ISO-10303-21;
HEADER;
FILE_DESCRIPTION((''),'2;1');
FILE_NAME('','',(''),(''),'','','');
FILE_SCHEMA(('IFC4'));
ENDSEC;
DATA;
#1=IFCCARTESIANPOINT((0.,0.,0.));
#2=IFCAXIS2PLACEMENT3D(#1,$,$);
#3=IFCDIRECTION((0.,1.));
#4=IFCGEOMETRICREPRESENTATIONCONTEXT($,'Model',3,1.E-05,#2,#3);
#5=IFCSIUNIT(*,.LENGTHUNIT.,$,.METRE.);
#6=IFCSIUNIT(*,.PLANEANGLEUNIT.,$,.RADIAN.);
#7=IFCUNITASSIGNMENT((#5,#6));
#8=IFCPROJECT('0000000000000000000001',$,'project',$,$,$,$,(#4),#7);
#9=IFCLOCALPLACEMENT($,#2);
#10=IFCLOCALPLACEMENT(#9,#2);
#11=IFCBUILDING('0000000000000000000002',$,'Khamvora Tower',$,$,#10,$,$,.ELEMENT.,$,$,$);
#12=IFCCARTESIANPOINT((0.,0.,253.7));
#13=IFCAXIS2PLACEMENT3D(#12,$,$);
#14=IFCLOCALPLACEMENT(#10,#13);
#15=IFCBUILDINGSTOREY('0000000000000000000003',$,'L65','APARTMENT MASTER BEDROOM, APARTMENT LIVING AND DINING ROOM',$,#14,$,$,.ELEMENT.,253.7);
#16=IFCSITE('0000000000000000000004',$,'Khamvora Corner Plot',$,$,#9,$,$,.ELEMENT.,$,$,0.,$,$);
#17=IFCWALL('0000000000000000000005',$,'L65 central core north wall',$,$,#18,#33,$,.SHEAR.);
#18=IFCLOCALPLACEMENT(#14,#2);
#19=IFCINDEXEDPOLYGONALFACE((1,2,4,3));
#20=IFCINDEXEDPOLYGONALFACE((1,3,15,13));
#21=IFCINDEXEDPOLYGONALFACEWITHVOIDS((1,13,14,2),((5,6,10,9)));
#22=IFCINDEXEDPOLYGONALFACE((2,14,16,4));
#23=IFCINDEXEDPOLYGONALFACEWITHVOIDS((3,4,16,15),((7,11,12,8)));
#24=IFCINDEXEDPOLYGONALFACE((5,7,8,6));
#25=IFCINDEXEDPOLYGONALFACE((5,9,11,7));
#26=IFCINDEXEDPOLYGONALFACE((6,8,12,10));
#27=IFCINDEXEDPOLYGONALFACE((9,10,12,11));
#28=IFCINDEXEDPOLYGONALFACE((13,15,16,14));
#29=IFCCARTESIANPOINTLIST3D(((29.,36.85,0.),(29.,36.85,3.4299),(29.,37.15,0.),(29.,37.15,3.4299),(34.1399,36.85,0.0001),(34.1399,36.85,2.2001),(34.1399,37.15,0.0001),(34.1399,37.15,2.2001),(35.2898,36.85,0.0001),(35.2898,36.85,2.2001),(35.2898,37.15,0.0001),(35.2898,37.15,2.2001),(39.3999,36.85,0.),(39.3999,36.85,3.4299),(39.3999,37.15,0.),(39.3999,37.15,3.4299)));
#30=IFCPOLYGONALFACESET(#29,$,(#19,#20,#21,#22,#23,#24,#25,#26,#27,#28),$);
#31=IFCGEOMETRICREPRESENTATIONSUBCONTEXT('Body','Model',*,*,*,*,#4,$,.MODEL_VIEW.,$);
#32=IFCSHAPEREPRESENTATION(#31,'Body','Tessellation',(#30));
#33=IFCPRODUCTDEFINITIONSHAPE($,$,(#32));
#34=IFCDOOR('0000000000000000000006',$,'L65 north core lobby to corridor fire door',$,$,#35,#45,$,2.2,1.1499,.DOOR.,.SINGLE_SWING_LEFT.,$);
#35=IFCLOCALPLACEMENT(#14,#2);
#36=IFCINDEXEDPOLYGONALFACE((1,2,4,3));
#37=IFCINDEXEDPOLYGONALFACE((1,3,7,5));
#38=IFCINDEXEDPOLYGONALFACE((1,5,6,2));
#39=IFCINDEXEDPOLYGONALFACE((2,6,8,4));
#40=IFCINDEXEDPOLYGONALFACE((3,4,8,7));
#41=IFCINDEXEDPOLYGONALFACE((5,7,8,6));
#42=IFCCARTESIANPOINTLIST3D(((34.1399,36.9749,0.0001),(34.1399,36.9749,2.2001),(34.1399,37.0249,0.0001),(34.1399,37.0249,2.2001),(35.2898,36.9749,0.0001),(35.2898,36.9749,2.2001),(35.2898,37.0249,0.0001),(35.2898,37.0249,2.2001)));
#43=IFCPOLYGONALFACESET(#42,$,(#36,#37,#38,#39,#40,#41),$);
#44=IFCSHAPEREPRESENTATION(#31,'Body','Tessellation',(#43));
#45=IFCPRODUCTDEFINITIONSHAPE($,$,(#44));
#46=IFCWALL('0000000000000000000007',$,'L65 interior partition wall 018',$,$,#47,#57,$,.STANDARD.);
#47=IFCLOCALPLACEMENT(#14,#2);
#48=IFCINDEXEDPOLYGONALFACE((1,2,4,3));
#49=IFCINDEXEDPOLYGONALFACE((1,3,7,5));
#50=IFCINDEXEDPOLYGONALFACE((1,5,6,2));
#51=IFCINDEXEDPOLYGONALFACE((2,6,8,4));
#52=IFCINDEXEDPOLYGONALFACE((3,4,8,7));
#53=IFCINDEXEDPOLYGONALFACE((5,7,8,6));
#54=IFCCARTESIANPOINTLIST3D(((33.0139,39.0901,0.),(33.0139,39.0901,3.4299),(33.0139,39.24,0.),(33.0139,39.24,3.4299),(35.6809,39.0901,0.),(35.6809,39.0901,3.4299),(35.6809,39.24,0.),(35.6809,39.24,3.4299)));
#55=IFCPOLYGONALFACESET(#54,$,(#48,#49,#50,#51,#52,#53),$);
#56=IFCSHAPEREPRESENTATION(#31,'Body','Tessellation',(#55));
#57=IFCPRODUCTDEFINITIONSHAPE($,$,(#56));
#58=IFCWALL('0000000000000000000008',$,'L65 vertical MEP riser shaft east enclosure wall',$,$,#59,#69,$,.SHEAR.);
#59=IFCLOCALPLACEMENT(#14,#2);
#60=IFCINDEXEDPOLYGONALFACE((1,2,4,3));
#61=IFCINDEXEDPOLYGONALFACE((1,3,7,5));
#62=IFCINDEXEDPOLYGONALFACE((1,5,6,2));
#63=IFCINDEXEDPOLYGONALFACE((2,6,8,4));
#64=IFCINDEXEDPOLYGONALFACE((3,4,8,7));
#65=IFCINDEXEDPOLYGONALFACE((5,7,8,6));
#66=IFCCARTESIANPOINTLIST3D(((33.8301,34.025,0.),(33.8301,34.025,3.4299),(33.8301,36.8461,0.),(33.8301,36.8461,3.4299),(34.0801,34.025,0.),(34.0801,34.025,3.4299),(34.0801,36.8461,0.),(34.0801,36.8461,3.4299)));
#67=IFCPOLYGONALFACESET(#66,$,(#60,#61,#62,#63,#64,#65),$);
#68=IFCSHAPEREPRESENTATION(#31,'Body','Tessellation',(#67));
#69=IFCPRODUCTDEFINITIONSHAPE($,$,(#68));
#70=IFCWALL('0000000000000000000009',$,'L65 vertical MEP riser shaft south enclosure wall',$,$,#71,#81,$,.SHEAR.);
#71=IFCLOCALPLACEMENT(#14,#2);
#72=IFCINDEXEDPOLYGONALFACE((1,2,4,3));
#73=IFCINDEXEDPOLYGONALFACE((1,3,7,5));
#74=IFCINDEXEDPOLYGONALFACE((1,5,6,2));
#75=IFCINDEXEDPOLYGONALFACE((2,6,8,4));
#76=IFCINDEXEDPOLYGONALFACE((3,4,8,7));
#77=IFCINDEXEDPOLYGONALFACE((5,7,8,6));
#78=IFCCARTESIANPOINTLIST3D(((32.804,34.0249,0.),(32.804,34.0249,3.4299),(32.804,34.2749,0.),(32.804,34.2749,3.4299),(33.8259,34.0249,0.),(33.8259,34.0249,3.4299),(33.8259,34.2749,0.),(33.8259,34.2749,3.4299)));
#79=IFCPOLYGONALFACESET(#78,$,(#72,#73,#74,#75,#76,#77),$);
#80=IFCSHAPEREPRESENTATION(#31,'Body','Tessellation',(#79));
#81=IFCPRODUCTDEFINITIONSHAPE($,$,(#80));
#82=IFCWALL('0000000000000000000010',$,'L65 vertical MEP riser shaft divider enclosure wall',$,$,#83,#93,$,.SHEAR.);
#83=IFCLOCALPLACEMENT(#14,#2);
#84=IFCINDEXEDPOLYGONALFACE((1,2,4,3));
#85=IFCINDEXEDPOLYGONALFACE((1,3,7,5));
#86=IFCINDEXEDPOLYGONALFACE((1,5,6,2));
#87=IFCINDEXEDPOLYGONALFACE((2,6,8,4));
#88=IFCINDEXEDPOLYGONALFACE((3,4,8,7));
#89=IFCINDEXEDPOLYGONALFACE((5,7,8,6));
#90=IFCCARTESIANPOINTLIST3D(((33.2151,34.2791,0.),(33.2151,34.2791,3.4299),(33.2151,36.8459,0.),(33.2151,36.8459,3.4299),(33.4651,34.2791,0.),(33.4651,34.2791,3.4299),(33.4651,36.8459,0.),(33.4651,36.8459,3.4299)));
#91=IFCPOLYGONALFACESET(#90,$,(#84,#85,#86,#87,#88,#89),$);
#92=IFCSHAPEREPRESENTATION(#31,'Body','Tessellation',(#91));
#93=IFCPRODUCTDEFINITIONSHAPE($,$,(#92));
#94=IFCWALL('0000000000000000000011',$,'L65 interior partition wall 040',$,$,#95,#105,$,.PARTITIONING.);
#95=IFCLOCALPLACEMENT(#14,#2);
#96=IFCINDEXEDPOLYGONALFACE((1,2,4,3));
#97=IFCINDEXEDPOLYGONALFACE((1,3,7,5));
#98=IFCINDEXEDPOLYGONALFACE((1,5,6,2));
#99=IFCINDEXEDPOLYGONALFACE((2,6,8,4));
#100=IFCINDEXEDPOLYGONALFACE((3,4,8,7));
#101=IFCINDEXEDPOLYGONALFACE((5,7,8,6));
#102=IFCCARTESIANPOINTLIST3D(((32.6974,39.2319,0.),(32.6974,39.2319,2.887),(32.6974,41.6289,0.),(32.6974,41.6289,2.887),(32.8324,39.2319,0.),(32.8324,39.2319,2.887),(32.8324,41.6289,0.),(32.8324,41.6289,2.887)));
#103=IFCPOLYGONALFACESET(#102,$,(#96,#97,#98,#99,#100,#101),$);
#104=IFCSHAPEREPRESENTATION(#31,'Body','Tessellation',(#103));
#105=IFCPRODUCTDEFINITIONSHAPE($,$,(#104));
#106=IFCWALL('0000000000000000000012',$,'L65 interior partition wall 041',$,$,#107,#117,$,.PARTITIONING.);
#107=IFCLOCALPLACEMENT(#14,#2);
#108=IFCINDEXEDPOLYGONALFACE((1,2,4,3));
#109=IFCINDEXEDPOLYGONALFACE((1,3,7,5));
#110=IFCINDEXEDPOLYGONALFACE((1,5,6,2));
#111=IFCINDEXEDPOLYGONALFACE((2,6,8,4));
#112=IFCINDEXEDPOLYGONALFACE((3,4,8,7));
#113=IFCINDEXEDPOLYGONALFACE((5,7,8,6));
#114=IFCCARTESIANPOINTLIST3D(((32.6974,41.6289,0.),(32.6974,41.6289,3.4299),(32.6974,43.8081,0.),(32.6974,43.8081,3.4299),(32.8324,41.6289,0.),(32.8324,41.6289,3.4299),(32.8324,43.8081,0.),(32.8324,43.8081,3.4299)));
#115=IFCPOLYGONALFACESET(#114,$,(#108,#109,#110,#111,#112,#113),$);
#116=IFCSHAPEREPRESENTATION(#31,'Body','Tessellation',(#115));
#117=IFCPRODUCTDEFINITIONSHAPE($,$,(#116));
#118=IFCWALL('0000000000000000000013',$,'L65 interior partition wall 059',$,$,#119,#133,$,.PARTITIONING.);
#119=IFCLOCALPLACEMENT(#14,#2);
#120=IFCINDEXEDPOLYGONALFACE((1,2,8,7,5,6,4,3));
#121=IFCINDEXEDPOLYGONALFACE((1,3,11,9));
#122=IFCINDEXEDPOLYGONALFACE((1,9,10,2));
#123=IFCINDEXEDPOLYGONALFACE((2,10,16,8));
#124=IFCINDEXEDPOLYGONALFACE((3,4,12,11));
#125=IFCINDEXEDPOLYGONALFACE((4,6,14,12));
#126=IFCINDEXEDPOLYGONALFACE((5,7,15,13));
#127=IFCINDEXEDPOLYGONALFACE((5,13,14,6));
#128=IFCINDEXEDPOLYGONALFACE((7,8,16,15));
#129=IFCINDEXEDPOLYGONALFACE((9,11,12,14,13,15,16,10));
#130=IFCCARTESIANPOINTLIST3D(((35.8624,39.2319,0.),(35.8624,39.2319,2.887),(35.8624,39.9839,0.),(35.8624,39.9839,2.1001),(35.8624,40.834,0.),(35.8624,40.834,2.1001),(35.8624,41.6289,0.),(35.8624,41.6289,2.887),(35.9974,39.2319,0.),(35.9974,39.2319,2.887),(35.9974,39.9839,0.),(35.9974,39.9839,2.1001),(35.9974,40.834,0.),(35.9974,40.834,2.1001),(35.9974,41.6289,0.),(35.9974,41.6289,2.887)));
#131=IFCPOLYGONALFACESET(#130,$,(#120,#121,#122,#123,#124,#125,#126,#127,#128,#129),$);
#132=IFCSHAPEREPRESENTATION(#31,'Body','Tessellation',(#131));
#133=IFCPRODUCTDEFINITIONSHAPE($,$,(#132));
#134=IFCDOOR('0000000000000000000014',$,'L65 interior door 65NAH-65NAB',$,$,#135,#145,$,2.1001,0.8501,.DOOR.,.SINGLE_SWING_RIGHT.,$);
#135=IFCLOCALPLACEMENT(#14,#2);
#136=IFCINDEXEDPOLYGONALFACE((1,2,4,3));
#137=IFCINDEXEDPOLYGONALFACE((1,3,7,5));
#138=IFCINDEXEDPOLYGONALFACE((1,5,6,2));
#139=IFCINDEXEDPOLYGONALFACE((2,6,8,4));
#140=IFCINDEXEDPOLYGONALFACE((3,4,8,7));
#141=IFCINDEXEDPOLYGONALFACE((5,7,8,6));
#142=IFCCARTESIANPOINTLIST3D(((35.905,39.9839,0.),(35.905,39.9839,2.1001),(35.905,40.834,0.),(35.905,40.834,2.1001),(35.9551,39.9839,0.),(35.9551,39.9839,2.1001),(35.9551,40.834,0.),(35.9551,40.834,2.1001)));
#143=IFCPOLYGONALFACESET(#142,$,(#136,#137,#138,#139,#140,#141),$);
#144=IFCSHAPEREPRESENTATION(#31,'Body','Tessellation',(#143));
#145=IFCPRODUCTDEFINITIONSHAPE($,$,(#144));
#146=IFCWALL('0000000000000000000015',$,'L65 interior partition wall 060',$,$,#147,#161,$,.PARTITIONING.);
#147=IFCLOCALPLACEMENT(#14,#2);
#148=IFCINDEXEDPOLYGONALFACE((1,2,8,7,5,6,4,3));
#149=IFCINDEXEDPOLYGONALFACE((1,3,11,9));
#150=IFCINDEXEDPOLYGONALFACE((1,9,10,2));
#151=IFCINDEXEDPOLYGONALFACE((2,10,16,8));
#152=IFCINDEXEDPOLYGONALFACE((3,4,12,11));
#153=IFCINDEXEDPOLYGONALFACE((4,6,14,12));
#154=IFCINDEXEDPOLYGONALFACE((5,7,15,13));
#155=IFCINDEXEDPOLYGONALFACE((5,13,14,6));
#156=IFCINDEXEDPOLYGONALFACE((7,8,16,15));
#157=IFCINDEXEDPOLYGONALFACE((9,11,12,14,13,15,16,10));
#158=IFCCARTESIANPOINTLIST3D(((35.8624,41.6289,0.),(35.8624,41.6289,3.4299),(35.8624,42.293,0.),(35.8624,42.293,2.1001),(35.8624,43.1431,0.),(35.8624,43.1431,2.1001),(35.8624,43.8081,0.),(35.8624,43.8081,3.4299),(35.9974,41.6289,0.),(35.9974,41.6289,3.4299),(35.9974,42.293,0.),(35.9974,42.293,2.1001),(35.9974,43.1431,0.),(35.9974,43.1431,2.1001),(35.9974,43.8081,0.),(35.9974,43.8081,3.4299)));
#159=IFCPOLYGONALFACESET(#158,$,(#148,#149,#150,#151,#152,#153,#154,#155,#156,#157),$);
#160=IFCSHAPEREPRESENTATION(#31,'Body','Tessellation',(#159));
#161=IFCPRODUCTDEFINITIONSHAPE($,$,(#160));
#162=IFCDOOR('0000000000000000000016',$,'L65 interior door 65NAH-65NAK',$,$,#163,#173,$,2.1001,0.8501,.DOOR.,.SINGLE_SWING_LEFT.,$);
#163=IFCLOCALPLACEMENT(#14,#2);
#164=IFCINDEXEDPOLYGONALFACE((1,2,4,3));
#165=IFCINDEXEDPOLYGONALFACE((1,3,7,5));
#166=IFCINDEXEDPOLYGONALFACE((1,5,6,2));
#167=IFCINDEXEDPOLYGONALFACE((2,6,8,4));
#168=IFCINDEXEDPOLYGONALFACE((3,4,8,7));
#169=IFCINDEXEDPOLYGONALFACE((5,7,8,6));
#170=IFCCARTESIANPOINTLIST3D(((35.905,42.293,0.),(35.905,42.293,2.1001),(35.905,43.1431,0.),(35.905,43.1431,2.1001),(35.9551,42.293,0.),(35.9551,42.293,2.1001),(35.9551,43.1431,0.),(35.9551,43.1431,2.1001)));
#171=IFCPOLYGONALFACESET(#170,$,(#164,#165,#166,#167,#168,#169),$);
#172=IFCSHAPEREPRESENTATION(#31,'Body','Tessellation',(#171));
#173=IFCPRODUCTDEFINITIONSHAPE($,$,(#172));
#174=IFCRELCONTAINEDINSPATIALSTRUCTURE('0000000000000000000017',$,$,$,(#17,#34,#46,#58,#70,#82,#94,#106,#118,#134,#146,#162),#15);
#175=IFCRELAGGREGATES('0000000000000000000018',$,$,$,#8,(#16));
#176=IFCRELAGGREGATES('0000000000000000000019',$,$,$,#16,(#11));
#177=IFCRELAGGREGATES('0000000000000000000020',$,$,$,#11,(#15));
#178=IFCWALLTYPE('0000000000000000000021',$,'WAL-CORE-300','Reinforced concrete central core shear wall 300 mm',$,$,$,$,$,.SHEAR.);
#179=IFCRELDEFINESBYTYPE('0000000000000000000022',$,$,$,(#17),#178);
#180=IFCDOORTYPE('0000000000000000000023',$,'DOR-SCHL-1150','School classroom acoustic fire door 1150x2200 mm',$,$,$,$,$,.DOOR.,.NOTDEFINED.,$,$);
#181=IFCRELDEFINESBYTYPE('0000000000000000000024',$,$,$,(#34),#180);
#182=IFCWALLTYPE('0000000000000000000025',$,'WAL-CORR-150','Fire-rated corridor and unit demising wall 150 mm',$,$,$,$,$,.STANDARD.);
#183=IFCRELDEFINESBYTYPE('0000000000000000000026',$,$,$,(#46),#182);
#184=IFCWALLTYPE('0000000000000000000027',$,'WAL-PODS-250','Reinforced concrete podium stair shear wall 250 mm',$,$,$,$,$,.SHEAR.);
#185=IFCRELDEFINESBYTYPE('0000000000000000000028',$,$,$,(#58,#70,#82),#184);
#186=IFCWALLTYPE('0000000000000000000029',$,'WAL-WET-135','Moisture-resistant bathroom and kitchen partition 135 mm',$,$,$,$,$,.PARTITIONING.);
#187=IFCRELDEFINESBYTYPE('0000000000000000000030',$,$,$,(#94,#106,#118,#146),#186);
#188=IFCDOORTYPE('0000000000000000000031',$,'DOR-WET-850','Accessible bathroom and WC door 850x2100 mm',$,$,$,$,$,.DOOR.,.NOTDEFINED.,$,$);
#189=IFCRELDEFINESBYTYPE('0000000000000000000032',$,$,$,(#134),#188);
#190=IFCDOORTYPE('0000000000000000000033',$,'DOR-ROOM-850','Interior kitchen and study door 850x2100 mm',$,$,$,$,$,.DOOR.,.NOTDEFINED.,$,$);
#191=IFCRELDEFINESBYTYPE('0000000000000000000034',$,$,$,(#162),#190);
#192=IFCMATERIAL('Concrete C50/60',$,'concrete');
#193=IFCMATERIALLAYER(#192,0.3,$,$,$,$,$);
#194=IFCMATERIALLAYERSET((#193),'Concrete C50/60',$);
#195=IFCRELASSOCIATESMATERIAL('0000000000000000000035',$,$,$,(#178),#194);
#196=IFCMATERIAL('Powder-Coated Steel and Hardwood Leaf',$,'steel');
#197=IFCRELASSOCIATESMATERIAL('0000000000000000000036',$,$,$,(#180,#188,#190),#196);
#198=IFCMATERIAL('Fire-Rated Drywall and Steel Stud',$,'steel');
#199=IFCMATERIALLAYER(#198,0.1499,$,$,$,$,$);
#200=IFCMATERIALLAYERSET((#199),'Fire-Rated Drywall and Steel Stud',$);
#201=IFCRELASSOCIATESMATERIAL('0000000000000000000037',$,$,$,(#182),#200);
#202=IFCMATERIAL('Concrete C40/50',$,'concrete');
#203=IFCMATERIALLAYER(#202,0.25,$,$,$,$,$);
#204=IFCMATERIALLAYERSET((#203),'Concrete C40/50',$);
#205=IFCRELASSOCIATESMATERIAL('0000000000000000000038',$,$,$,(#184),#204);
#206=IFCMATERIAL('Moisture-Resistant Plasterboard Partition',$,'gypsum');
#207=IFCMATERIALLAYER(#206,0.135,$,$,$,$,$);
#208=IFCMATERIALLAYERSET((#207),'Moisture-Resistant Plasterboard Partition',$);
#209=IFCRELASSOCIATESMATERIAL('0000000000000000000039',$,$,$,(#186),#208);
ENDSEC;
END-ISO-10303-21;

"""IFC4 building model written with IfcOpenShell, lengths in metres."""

from ifc_helpers import new_model, si_unit, direction, frame, frame_2d, origin, place, context, subcontext, project, spatial, rectangle, extrude, material, layer, layer_set, type_object, element, fill, save


model = new_model("IFC4")

# Units and contexts
model_context = context("Model", 3, precision=1e-05, world=origin(), true_north=direction((0.0, 1.0)))
body_context = subcontext(model_context, "Body", "Model", "MODEL_VIEW")
ifc_project = project(units=[si_unit("LENGTHUNIT", "METRE"), si_unit("PLANEANGLEUNIT", "RADIAN")], contexts=[model_context])

# Site, building, storey
site_placement = place(None, origin())
site = spatial("IfcSite", under=ifc_project, at=site_placement, Name="Khamvora Corner Plot", CompositionType="ELEMENT", RefElevation=0.0)
building_placement = place(site_placement, origin())
building = spatial("IfcBuilding", under=site, at=building_placement, Name="Khamvora Tower", CompositionType="ELEMENT")
storey_placement = place(building_placement, frame((0.0, 0.0, 253.7)))
storey = spatial("IfcBuildingStorey", under=building, at=storey_placement, Name="L65", Description="APARTMENT MASTER BEDROOM, APARTMENT LIVING AND DINING ROOM", CompositionType="ELEMENT", Elevation=253.7)

# Wall, opening, door
ifc_material_1 = material(Name="Concrete C50/60", Category="concrete")
ifc_layer_1 = layer(ifc_material_1, 0.3)
ifc_layer_set_1 = layer_set([ifc_layer_1], Name="Concrete C50/60")
wall_type_1 = type_object("IfcWallType", Name="WAL-CORE-300", Description="Reinforced concrete central core shear wall 300 mm", PredefinedType="SHEAR", material=ifc_layer_set_1)
wall_1_placement = place(storey_placement, frame((29.0, 37.0, 0.0), z_axis=(0.0, 0.0, 1.0), x_axis=(1.0, 0.0, 0.0)))
wall_1 = element("IfcWall", 1, at=wall_1_placement, inside=storey, type_object=wall_type_1, Name="L65 central core north wall", PredefinedType="SHEAR", context=body_context, shape_type="SweptSolid", body=[
    extrude(rectangle(XDim=10.3999, YDim=0.3, at=frame_2d((5.2, 0.0))), origin(), (0.0, 0.0, 1.0), 3.4299),
])
opening_1_placement = place(wall_1_placement, frame((5.1399, 0.0, 0.0)))
opening_1 = element("IfcOpeningElement", 2, at=opening_1_placement, cuts=wall_1, PredefinedType="OPENING", context=body_context, shape_type="SweptSolid", body=[
    extrude(rectangle(XDim=1.1499, YDim=2.2, at=frame_2d((0.575, 1.1001))), frame((0.0, 0.1599, 0.0), z_axis=(0.0, -1.0, 0.0), x_axis=(1.0, 0.0, 0.0)), (0.0, 0.0, 1.0), 0.3201),
])
ifc_material_2 = material(Name="Powder-Coated Steel and Hardwood Leaf", Category="steel")
door_type_1 = type_object("IfcDoorType", Name="DOR-SCHL-1150", Description="School classroom acoustic fire door 1150x2200 mm", OperationType="NOTDEFINED", PredefinedType="DOOR", material=ifc_material_2)
door_1_placement = place(opening_1_placement, origin())
door_1 = element("IfcDoor", 3, at=door_1_placement, inside=storey, type_object=door_type_1, Name="L65 north core lobby to corridor fire door", OperationType="SINGLE_SWING_LEFT", OverallHeight=2.2, OverallWidth=1.1499, PredefinedType="DOOR", context=body_context, shape_type="SweptSolid", body=[
    extrude(rectangle(XDim=1.1499, YDim=2.2, at=frame_2d((0.575, 1.1001))), frame((0.0, 0.0249, 0.0), z_axis=(0.0, -1.0, 0.0), x_axis=(1.0, 0.0, 0.0)), (0.0, 0.0, 1.0), 0.05),
])
fill(opening_1, door_1)
ifc_material_3 = material(Name="Fire-Rated Drywall and Steel Stud", Category="steel")
ifc_layer_2 = layer(ifc_material_3, 0.1499)
ifc_layer_set_2 = layer_set([ifc_layer_2], Name="Fire-Rated Drywall and Steel Stud")
wall_type_2 = type_object("IfcWallType", Name="WAL-CORR-150", Description="Fire-rated corridor and unit demising wall 150 mm", PredefinedType="STANDARD", material=ifc_layer_set_2)

# Walls
wall_2_placement = place(storey_placement, frame((33.0139, 39.165, 0.0), z_axis=(0.0, 0.0, 1.0), x_axis=(1.0, 0.0, 0.0)))
element("IfcWall", 4, at=wall_2_placement, inside=storey, type_object=wall_type_2, Name="L65 interior partition wall 018", PredefinedType="STANDARD", context=body_context, shape_type="SweptSolid", body=[
    extrude(rectangle(XDim=2.667, YDim=0.1499, at=frame_2d((1.3335, 0.0))), origin(), (0.0, 0.0, 1.0), 3.4299),
])
ifc_material_4 = material(Name="Concrete C40/50", Category="concrete")
ifc_layer_3 = layer(ifc_material_4, 0.25)
ifc_layer_set_3 = layer_set([ifc_layer_3], Name="Concrete C40/50")
wall_type_3 = type_object("IfcWallType", Name="WAL-PODS-250", Description="Reinforced concrete podium stair shear wall 250 mm", PredefinedType="SHEAR", material=ifc_layer_set_3)
wall_3_placement = place(storey_placement, frame((33.9551, 34.0249, 0.0), z_axis=(0.0, 0.0, 1.0), x_axis=(0.0, 1.0, 0.0)))
element("IfcWall", 5, at=wall_3_placement, inside=storey, type_object=wall_type_3, Name="L65 vertical MEP riser shaft east enclosure wall", PredefinedType="SHEAR", context=body_context, shape_type="SweptSolid", body=[
    extrude(rectangle(XDim=2.821, YDim=0.25, at=frame_2d((1.4106, 0.0))), origin(), (0.0, 0.0, 1.0), 3.4299),
])
wall_4_placement = place(storey_placement, frame((32.804, 34.1499, 0.0), z_axis=(0.0, 0.0, 1.0), x_axis=(1.0, 0.0, 0.0)))
element("IfcWall", 6, at=wall_4_placement, inside=storey, type_object=wall_type_3, Name="L65 vertical MEP riser shaft south enclosure wall", PredefinedType="SHEAR", context=body_context, shape_type="SweptSolid", body=[
    extrude(rectangle(XDim=1.022, YDim=0.25, at=frame_2d((0.511, 0.0))), origin(), (0.0, 0.0, 1.0), 3.4299),
])
wall_5_placement = place(storey_placement, frame((33.3401, 34.2791, 0.0), z_axis=(0.0, 0.0, 1.0), x_axis=(0.0, 1.0, 0.0)))
element("IfcWall", 7, at=wall_5_placement, inside=storey, type_object=wall_type_3, Name="L65 vertical MEP riser shaft divider enclosure wall", PredefinedType="SHEAR", context=body_context, shape_type="SweptSolid", body=[
    extrude(rectangle(XDim=2.5669, YDim=0.25, at=frame_2d((1.2834, 0.0))), origin(), (0.0, 0.0, 1.0), 3.4299),
])
ifc_material_5 = material(Name="Moisture-Resistant Plasterboard Partition", Category="gypsum")
ifc_layer_4 = layer(ifc_material_5, 0.135)
ifc_layer_set_4 = layer_set([ifc_layer_4], Name="Moisture-Resistant Plasterboard Partition")
wall_type_4 = type_object("IfcWallType", Name="WAL-WET-135", Description="Moisture-resistant bathroom and kitchen partition 135 mm", PredefinedType="PARTITIONING", material=ifc_layer_set_4)
wall_6_placement = place(storey_placement, frame((32.7649, 41.6289, 0.0), z_axis=(0.0, 0.0, 1.0), x_axis=(0.0, -1.0, 0.0)))
element("IfcWall", 8, at=wall_6_placement, inside=storey, type_object=wall_type_4, Name="L65 interior partition wall 040", PredefinedType="PARTITIONING", context=body_context, shape_type="SweptSolid", body=[
    extrude(rectangle(XDim=2.397, YDim=0.135, at=frame_2d((1.1985, 0.0))), origin(), (0.0, 0.0, 1.0), 2.887),
])
wall_7_placement = place(storey_placement, frame((32.7649, 43.8081, 0.0), z_axis=(0.0, 0.0, 1.0), x_axis=(0.0, -1.0, 0.0)))
element("IfcWall", 9, at=wall_7_placement, inside=storey, type_object=wall_type_4, Name="L65 interior partition wall 041", PredefinedType="PARTITIONING", context=body_context, shape_type="SweptSolid", body=[
    extrude(rectangle(XDim=2.1792, YDim=0.135, at=frame_2d((1.0896, 0.0))), origin(), (0.0, 0.0, 1.0), 3.4299),
])

# Walls, openings, doors
wall_8_placement = place(storey_placement, frame((35.9299, 39.2319, 0.0), z_axis=(0.0, 0.0, 1.0), x_axis=(0.0, 1.0, 0.0)))
wall_8 = element("IfcWall", 10, at=wall_8_placement, inside=storey, type_object=wall_type_4, Name="L65 interior partition wall 059", PredefinedType="PARTITIONING", context=body_context, shape_type="SweptSolid", body=[
    extrude(rectangle(XDim=2.397, YDim=0.135, at=frame_2d((1.1985, 0.0))), origin(), (0.0, 0.0, 1.0), 2.887),
])
opening_2_placement = place(wall_8_placement, frame((0.752, 0.0, 0.0)))
opening_2 = element("IfcOpeningElement", 11, at=opening_2_placement, cuts=wall_8, PredefinedType="OPENING", context=body_context, shape_type="SweptSolid", body=[
    extrude(rectangle(XDim=0.8501, YDim=2.1001, at=frame_2d((0.425, 1.05))), frame((0.0, 0.0774, 0.0), z_axis=(0.0, -1.0, 0.0), x_axis=(1.0, 0.0, 0.0)), (0.0, 0.0, 1.0), 0.155),
])
door_type_2 = type_object("IfcDoorType", Name="DOR-WET-850", Description="Accessible bathroom and WC door 850x2100 mm", OperationType="NOTDEFINED", PredefinedType="DOOR", material=ifc_material_2)
door_2_placement = place(opening_2_placement, origin())
door_2 = element("IfcDoor", 12, at=door_2_placement, inside=storey, type_object=door_type_2, Name="L65 interior door 65NAH-65NAB", OperationType="SINGLE_SWING_RIGHT", OverallHeight=2.1001, OverallWidth=0.8501, PredefinedType="DOOR", context=body_context, shape_type="SweptSolid", body=[
    extrude(rectangle(XDim=0.8501, YDim=2.1001, at=frame_2d((0.425, 1.05))), frame((0.0, 0.0249, 0.0), z_axis=(0.0, -1.0, 0.0), x_axis=(1.0, 0.0, 0.0)), (0.0, 0.0, 1.0), 0.05),
])
fill(opening_2, door_2)
wall_9_placement = place(storey_placement, frame((35.9299, 41.6289, 0.0), z_axis=(0.0, 0.0, 1.0), x_axis=(0.0, 1.0, 0.0)))
wall_9 = element("IfcWall", 13, at=wall_9_placement, inside=storey, type_object=wall_type_4, Name="L65 interior partition wall 060", PredefinedType="PARTITIONING", context=body_context, shape_type="SweptSolid", body=[
    extrude(rectangle(XDim=2.1792, YDim=0.135, at=frame_2d((1.0896, 0.0))), origin(), (0.0, 0.0, 1.0), 3.4299),
])
opening_3_placement = place(wall_9_placement, frame((0.6641, 0.0, 0.0)))
opening_3 = element("IfcOpeningElement", 14, at=opening_3_placement, cuts=wall_9, PredefinedType="OPENING", context=body_context, shape_type="SweptSolid", body=[
    extrude(rectangle(XDim=0.8501, YDim=2.1001, at=frame_2d((0.425, 1.05))), frame((0.0, 0.0774, 0.0), z_axis=(0.0, -1.0, 0.0), x_axis=(1.0, 0.0, 0.0)), (0.0, 0.0, 1.0), 0.155),
])
door_type_3 = type_object("IfcDoorType", Name="DOR-ROOM-850", Description="Interior kitchen and study door 850x2100 mm", OperationType="NOTDEFINED", PredefinedType="DOOR", material=ifc_material_2)
door_3_placement = place(opening_3_placement, origin())
door_3 = element("IfcDoor", 15, at=door_3_placement, inside=storey, type_object=door_type_3, Name="L65 interior door 65NAH-65NAK", OperationType="SINGLE_SWING_LEFT", OverallHeight=2.1001, OverallWidth=0.8501, PredefinedType="DOOR", context=body_context, shape_type="SweptSolid", body=[
    extrude(rectangle(XDim=0.8501, YDim=2.1001, at=frame_2d((0.425, 1.05))), frame((0.0, 0.0249, 0.0), z_axis=(0.0, -1.0, 0.0), x_axis=(1.0, 0.0, 0.0)), (0.0, 0.0, 1.0), 0.05),
])
fill(opening_3, door_3)

save(model, "model.ifc")
